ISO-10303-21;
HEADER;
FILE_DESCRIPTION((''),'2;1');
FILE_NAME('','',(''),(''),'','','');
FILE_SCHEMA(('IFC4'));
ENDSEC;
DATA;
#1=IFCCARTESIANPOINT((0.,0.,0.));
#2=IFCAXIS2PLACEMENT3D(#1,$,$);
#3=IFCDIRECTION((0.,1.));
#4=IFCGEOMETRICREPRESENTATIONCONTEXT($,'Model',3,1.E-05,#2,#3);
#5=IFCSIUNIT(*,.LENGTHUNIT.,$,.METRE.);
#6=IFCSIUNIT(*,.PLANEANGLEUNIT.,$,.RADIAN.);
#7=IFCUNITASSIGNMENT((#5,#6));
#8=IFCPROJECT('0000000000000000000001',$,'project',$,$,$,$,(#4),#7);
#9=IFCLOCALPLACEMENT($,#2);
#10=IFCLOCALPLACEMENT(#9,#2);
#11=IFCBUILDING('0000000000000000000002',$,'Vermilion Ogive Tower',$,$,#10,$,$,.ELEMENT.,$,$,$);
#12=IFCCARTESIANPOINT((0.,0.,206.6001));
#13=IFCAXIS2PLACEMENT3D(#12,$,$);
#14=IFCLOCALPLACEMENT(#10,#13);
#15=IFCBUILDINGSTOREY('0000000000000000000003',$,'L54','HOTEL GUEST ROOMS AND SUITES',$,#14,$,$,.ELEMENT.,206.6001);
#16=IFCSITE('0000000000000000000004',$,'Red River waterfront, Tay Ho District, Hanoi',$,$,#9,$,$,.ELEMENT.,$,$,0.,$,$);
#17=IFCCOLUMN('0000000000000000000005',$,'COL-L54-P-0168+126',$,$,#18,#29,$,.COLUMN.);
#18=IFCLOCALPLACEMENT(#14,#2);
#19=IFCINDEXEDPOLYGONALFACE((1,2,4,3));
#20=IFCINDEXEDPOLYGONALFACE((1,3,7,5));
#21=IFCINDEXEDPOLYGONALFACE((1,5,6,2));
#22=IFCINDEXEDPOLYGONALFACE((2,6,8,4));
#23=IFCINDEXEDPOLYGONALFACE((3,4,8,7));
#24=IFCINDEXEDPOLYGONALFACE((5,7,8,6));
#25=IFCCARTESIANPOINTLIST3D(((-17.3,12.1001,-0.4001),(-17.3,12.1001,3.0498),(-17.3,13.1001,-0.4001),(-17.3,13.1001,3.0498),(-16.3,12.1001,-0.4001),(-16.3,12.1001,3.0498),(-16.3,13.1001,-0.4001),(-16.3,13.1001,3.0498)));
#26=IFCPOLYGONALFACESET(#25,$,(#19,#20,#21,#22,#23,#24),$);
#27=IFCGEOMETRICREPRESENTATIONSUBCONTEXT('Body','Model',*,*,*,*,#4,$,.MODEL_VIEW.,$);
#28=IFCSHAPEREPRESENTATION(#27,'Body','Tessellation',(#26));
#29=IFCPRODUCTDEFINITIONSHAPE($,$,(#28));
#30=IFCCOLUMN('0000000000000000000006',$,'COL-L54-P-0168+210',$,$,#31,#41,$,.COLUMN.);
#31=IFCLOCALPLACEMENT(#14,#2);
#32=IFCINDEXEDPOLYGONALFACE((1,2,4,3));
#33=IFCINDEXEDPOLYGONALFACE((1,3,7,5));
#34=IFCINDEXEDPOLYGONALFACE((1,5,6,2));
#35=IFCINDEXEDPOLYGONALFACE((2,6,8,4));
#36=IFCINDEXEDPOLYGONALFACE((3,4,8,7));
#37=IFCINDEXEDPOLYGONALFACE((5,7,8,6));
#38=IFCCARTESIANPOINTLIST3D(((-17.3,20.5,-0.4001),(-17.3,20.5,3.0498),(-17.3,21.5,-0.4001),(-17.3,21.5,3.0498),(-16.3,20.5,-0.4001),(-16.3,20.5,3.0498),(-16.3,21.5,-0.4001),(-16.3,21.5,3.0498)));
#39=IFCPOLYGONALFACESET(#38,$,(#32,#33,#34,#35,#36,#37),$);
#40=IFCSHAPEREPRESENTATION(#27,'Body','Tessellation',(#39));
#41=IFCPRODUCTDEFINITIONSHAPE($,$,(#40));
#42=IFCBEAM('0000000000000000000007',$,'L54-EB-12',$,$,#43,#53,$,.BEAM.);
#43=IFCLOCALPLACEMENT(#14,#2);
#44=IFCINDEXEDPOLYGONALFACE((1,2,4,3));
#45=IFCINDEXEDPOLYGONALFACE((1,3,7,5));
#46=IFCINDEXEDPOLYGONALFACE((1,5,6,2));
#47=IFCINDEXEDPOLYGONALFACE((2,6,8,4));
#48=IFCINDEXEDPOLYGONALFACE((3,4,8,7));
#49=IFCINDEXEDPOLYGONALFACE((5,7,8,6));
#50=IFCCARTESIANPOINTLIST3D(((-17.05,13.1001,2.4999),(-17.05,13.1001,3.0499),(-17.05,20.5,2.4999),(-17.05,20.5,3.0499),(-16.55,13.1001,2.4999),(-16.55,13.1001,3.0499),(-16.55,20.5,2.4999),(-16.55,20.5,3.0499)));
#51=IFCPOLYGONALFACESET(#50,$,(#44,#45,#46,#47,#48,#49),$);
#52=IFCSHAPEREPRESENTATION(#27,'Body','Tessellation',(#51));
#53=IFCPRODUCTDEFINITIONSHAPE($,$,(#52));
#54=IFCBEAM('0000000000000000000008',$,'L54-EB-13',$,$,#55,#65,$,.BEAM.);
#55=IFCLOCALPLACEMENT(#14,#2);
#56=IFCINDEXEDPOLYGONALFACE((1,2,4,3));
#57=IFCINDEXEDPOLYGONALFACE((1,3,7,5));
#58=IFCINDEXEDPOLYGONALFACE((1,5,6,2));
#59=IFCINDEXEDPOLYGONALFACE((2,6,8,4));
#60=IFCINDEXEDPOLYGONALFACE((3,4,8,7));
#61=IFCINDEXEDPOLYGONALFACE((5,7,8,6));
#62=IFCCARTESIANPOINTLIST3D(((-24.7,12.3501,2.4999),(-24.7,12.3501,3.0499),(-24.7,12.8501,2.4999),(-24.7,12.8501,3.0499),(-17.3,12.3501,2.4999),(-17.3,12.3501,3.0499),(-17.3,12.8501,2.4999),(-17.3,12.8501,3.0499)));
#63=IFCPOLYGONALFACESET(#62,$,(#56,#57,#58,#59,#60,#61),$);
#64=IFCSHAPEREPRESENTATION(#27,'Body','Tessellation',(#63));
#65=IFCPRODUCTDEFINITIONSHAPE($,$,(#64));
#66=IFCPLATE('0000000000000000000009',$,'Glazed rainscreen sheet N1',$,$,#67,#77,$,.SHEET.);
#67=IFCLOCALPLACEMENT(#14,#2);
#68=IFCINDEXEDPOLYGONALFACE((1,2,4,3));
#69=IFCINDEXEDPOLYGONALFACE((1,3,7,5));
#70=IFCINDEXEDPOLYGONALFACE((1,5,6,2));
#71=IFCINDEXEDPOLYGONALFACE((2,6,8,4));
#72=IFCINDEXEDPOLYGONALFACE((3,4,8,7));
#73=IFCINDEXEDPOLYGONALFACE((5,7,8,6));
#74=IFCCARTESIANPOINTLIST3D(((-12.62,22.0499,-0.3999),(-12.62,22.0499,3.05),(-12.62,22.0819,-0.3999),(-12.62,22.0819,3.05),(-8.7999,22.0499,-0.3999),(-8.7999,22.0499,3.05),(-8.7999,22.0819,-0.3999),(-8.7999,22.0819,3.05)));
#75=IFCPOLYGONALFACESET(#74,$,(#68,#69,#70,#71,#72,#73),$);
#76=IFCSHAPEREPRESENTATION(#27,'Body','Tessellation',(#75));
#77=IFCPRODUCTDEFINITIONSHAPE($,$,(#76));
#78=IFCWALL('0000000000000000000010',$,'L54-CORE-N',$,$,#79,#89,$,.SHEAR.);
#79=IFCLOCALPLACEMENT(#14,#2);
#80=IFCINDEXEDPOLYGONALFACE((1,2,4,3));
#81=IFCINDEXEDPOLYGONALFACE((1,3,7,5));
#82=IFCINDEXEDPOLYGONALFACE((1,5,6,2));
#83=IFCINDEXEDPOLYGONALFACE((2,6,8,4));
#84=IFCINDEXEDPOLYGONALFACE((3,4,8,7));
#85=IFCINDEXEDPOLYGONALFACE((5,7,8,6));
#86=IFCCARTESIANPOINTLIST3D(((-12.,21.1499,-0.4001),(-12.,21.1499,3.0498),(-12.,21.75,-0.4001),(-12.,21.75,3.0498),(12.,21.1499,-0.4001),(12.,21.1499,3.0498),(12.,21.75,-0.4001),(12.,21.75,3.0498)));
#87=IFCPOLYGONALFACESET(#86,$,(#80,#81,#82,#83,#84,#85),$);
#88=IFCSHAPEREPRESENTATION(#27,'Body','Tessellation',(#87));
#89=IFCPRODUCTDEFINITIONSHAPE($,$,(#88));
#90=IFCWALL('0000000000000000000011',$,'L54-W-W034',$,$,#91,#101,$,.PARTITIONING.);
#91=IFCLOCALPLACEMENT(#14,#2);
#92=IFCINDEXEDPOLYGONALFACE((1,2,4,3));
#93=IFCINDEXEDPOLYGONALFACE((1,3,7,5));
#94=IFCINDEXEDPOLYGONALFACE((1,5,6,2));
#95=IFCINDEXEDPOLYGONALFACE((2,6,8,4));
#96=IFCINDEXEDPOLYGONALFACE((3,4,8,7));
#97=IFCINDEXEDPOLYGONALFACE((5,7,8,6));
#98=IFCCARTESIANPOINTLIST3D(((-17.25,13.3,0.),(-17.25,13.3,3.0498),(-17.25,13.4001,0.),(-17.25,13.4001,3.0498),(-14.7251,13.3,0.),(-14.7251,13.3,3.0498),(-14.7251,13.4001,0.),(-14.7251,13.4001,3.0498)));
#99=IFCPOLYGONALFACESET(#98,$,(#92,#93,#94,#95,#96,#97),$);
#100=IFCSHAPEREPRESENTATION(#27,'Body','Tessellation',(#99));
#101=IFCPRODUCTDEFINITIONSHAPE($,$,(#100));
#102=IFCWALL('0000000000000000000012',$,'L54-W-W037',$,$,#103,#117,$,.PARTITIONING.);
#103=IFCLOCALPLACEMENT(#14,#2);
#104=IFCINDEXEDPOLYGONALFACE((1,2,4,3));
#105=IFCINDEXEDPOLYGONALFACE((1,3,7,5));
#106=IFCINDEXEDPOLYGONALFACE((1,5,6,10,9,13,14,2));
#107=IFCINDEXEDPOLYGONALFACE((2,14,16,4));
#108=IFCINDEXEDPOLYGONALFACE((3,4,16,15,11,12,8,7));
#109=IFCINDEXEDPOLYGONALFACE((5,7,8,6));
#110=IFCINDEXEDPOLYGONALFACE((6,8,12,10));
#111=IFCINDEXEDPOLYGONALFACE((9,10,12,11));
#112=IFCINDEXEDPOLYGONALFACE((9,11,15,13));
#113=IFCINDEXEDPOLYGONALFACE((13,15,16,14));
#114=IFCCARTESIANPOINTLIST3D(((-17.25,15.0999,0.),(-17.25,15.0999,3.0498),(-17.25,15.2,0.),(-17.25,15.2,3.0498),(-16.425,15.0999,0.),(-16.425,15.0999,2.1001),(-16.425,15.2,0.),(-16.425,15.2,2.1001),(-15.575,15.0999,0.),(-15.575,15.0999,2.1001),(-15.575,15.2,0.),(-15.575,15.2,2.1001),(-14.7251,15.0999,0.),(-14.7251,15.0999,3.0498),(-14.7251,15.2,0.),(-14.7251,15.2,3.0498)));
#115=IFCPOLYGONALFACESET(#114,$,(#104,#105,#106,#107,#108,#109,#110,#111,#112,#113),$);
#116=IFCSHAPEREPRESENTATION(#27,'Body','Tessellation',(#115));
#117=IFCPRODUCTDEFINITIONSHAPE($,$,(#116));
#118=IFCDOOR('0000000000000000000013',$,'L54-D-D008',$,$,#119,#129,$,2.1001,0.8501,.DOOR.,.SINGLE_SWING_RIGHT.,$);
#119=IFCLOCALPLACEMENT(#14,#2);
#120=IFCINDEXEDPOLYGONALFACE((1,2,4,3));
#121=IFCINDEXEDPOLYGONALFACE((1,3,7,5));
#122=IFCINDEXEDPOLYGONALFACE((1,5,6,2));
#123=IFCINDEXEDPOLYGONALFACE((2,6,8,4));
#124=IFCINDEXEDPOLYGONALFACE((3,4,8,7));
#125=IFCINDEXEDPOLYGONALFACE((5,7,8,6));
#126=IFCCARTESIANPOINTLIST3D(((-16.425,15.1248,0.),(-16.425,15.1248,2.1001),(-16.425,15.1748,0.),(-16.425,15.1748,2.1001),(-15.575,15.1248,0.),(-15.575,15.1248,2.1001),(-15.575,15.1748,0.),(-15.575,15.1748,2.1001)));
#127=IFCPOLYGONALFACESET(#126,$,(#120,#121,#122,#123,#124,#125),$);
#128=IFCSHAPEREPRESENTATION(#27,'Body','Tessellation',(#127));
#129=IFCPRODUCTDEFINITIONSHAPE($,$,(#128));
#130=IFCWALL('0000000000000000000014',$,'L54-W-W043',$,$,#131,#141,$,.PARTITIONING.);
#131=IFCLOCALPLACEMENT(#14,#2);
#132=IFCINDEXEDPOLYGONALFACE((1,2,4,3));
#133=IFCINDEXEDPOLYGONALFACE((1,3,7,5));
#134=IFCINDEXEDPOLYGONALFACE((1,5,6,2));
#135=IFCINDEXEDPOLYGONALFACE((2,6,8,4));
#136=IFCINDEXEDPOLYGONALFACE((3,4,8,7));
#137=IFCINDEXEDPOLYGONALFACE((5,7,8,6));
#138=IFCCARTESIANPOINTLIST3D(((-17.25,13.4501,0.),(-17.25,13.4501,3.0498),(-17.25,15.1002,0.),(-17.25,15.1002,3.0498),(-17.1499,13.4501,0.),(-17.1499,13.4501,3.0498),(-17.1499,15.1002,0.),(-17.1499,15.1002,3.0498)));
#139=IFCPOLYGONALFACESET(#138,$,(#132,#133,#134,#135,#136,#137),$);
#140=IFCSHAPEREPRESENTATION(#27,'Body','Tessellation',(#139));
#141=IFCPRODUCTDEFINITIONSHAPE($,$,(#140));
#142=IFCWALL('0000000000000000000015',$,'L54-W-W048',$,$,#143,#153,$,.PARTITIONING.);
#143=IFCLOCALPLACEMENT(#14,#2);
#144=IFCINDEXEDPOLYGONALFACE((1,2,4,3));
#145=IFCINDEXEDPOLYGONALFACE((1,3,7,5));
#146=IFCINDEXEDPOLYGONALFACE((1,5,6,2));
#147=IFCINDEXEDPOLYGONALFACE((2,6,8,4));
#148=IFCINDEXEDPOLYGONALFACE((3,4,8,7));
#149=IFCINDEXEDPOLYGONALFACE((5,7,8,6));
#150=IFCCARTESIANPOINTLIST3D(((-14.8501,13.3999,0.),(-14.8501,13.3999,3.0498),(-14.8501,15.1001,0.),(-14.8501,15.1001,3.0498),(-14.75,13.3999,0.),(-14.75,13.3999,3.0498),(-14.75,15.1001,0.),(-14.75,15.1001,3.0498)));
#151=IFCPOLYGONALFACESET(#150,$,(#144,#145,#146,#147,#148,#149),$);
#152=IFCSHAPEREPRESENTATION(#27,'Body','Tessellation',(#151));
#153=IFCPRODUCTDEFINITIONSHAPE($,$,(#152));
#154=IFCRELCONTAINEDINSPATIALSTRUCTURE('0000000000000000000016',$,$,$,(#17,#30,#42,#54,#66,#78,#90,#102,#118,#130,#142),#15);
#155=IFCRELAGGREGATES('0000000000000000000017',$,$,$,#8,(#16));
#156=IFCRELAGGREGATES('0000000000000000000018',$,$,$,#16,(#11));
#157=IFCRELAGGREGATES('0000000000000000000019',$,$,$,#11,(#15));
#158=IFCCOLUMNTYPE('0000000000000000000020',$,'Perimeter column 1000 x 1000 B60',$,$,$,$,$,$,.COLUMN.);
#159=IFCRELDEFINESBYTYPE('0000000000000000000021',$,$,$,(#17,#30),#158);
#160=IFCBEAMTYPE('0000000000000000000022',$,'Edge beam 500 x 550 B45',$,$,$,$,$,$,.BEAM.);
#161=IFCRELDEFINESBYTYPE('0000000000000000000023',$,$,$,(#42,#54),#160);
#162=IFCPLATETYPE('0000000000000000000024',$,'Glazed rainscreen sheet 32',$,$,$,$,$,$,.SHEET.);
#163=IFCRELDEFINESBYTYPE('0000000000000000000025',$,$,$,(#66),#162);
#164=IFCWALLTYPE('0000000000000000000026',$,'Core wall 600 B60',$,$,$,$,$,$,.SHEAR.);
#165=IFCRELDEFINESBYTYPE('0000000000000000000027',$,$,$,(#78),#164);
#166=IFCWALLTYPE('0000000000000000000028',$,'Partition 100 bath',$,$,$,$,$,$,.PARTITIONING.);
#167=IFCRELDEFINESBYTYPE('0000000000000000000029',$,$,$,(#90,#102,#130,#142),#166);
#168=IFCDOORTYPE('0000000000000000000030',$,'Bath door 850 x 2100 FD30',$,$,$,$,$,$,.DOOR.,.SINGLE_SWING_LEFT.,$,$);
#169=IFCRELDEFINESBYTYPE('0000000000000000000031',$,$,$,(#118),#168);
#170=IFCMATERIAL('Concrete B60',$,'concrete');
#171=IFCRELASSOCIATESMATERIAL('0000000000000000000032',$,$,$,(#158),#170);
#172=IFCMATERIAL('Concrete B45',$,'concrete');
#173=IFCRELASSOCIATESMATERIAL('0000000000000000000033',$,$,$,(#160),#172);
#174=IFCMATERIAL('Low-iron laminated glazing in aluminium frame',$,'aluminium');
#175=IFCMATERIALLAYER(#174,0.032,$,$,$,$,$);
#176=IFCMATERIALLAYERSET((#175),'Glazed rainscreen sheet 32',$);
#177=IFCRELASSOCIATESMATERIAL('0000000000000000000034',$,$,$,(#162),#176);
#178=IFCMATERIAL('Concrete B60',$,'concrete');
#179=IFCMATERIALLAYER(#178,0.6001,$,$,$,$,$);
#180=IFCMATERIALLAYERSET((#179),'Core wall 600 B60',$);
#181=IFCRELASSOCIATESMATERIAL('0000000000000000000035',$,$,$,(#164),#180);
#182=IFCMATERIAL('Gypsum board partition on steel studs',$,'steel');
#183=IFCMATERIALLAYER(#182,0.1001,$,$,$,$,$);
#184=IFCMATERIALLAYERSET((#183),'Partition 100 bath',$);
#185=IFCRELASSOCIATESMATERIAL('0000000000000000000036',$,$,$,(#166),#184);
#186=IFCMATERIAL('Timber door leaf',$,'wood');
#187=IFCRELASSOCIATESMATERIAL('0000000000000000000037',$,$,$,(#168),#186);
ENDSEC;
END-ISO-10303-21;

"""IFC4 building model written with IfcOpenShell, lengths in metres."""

from ifc_helpers import new_model, si_unit, direction, frame, frame_2d, origin, origin_2d, place, context, subcontext, project, spatial, rectangle, extrude, material, layer, layer_set, material_profile, profile_set, type_object, element, fill, save


model = new_model("IFC4")

# Units and contexts
model_context = context("Model", 3, precision=1e-05, world=origin(), true_north=direction((0.0, 1.0)))
body_context = subcontext(model_context, "Body", "Model", "MODEL_VIEW")
ifc_project = project(units=[si_unit("LENGTHUNIT", "METRE"), si_unit("PLANEANGLEUNIT", "RADIAN")], contexts=[model_context])

# Site, building, storey
site_placement = place(None, origin())
site = spatial("IfcSite", under=ifc_project, at=site_placement, Name="Red River waterfront, Tay Ho District, Hanoi", CompositionType="ELEMENT", RefElevation=0.0)
building_placement = place(site_placement, origin())
building = spatial("IfcBuilding", under=site, at=building_placement, Name="Vermilion Ogive Tower", CompositionType="ELEMENT")
storey_placement = place(building_placement, frame((0.0, 0.0, 206.6001)))
storey = spatial("IfcBuildingStorey", under=building, at=storey_placement, Name="L54", Description="HOTEL GUEST ROOMS AND SUITES", CompositionType="ELEMENT", Elevation=206.6001)

# Columns
ifc_material_1 = material(Name="Concrete B60", Category="concrete")
ifc_material_profile_1 = material_profile(ifc_material_1, rectangle(XDim=1.0, YDim=1.0, at=origin_2d()), Name="1000 x 1000")
ifc_profile_set_1 = profile_set([ifc_material_profile_1], Name="Concrete B60")
column_type = type_object("IfcColumnType", Name="Perimeter column 1000 x 1000 B60", PredefinedType="COLUMN", material=ifc_profile_set_1)
for number, where, z_axis, x_axis, name in (
    (1, (-16.8, 12.6001, -0.4001), (0.0, 0.0, 1.0), (1.0, 0.0, 0.0), "COL-L54-P-0168+126"),
    (2, (-16.8, 21.0, -0.4001), (0.0, 0.0, 1.0), (1.0, 0.0, 0.0), "COL-L54-P-0168+210"),
):
    element("IfcColumn", number, at=place(storey_placement, frame(where, z_axis=z_axis, x_axis=x_axis)), inside=storey, type_object=column_type, Name=name, PredefinedType="COLUMN", context=body_context, shape_type="SweptSolid", body=[
        extrude(rectangle(XDim=1.0, YDim=1.0, at=origin_2d()), origin(), (0.0, 0.0, 1.0), 3.45),
    ])

# Beams
ifc_material_2 = material(Name="Concrete B45", Category="concrete")
ifc_material_profile_2 = material_profile(ifc_material_2, rectangle(XDim=0.5, YDim=0.55, at=origin_2d()), Name="500 x 550")
ifc_profile_set_2 = profile_set([ifc_material_profile_2], Name="Concrete B45")
beam_type = type_object("IfcBeamType", Name="Edge beam 500 x 550 B45", PredefinedType="BEAM", material=ifc_profile_set_2)
for number, where, z_axis, x_axis, name in (
    (3, (-16.8, 20.5, 2.7749), (0.0, -1.0, 0.0), (1.0, 0.0, 0.0), "L54-EB-12"),
    (4, (-17.3, 12.6001, 2.7749), (-1.0, 0.0, 0.0), (0.0, -1.0, 0.0), "L54-EB-13"),
):
    element("IfcBeam", number, at=place(storey_placement, frame(where, z_axis=z_axis, x_axis=x_axis)), inside=storey, type_object=beam_type, Name=name, PredefinedType="BEAM", context=body_context, shape_type="SweptSolid", body=[
        extrude(rectangle(XDim=0.5, YDim=0.55, at=origin_2d()), origin(), (0.0, 0.0, 1.0), 7.3999),
    ])

# Plate
ifc_material_3 = material(Name="Low-iron laminated glazing in aluminium frame", Category="aluminium")
ifc_layer_1 = layer(ifc_material_3, 0.032)
ifc_layer_set_1 = layer_set([ifc_layer_1], Name="Glazed rainscreen sheet 32")
plate_type = type_object("IfcPlateType", Name="Glazed rainscreen sheet 32", PredefinedType="SHEET", material=ifc_layer_set_1)
plate_placement = place(storey_placement, frame((-10.71, 22.0659, -0.3999), z_axis=(0.0, 0.0, 1.0), x_axis=(1.0, 0.0, 0.0)))
element("IfcPlate", 5, at=plate_placement, inside=storey, type_object=plate_type, Name="Glazed rainscreen sheet N1", PredefinedType="SHEET", context=body_context, shape_type="SweptSolid", body=[
    extrude(rectangle(XDim=3.8201, YDim=0.032, at=origin_2d()), origin(), (0.0, 0.0, 1.0), 3.45),
])

# Walls
ifc_material_4 = material(Name="Concrete B60", Category="concrete")
ifc_layer_2 = layer(ifc_material_4, 0.6001)
ifc_layer_set_2 = layer_set([ifc_layer_2], Name="Core wall 600 B60")
wall_type_1 = type_object("IfcWallType", Name="Core wall 600 B60", PredefinedType="SHEAR", material=ifc_layer_set_2)
wall_1_placement = place(storey_placement, frame((-12.0, 21.45, -0.4001), z_axis=(0.0, 0.0, 1.0), x_axis=(1.0, 0.0, 0.0)))
element("IfcWall", 6, at=wall_1_placement, inside=storey, type_object=wall_type_1, Name="L54-CORE-N", PredefinedType="SHEAR", context=body_context, shape_type="SweptSolid", body=[
    extrude(rectangle(XDim=24.0, YDim=0.6001, at=frame_2d((12.0, 0.0))), origin(), (0.0, 0.0, 1.0), 3.45),
])
ifc_material_5 = material(Name="Gypsum board partition on steel studs", Category="steel")
ifc_layer_3 = layer(ifc_material_5, 0.1001)
ifc_layer_set_3 = layer_set([ifc_layer_3], Name="Partition 100 bath")
wall_type_2 = type_object("IfcWallType", Name="Partition 100 bath", PredefinedType="PARTITIONING", material=ifc_layer_set_3)
wall_2_placement = place(storey_placement, frame((-17.25, 13.3501, 0.0), z_axis=(0.0, 0.0, 1.0), x_axis=(1.0, 0.0, 0.0)))
element("IfcWall", 7, at=wall_2_placement, inside=storey, type_object=wall_type_2, Name="L54-W-W034", PredefinedType="PARTITIONING", context=body_context, shape_type="SweptSolid", body=[
    extrude(rectangle(XDim=2.5249, YDim=0.1001, at=frame_2d((1.2625, 0.0))), origin(), (0.0, 0.0, 1.0), 3.0498),
])

# Wall, opening, door
wall_3_placement = place(storey_placement, frame((-17.25, 15.1499, 0.0), z_axis=(0.0, 0.0, 1.0), x_axis=(1.0, 0.0, 0.0)))
wall_3 = element("IfcWall", 8, at=wall_3_placement, inside=storey, type_object=wall_type_2, Name="L54-W-W037", PredefinedType="PARTITIONING", context=body_context, shape_type="SweptSolid", body=[
    extrude(rectangle(XDim=2.5249, YDim=0.1001, at=frame_2d((1.2625, 0.0))), origin(), (0.0, 0.0, 1.0), 3.0498),
])
opening_1_placement = place(wall_3_placement, frame((0.825, 0.0, 0.0)))
opening_1 = element("IfcOpeningElement", 9, at=opening_1_placement, cuts=wall_3, PredefinedType="OPENING", context=body_context, shape_type="SweptSolid", body=[
    extrude(rectangle(XDim=0.8501, YDim=2.1001, at=frame_2d((0.425, 1.05))), frame((0.0, 0.0601, 0.0), z_axis=(0.0, -1.0, 0.0), x_axis=(1.0, 0.0, 0.0)), (0.0, 0.0, 1.0), 0.1201),
])
ifc_material_6 = material(Name="Timber door leaf", Category="wood")
door_type_1 = type_object("IfcDoorType", Name="Bath door 850 x 2100 FD30", OperationType="SINGLE_SWING_LEFT", PredefinedType="DOOR", material=ifc_material_6)
door_1_placement = place(opening_1_placement, origin())
door_1 = element("IfcDoor", 10, at=door_1_placement, inside=storey, type_object=door_type_1, Name="L54-D-D008", OperationType="SINGLE_SWING_RIGHT", OverallHeight=2.1001, OverallWidth=0.8501, PredefinedType="DOOR", context=body_context, shape_type="SweptSolid", body=[
    extrude(rectangle(XDim=0.8501, YDim=2.1001, at=frame_2d((0.425, 1.05))), frame((0.0, 0.0249, 0.0), z_axis=(0.0, -1.0, 0.0), x_axis=(1.0, 0.0, 0.0)), (0.0, 0.0, 1.0), 0.05),
])
fill(opening_1, door_1)

# Walls
wall_4_placement = place(storey_placement, frame((-17.2, 13.45, 0.0), z_axis=(0.0, 0.0, 1.0), x_axis=(0.0, 1.0, 0.0)))
element("IfcWall", 11, at=wall_4_placement, inside=storey, type_object=wall_type_2, Name="L54-W-W043", PredefinedType="PARTITIONING", context=body_context, shape_type="SweptSolid", body=[
    extrude(rectangle(XDim=1.6501, YDim=0.1001, at=frame_2d((0.8252, 0.0))), origin(), (0.0, 0.0, 1.0), 3.0498),
])
wall_5_placement = place(storey_placement, frame((-14.8, 13.3999, 0.0), z_axis=(0.0, 0.0, 1.0), x_axis=(0.0, 1.0, 0.0)))
element("IfcWall", 12, at=wall_5_placement, inside=storey, type_object=wall_type_2, Name="L54-W-W048", PredefinedType="PARTITIONING", context=body_context, shape_type="SweptSolid", body=[
    extrude(rectangle(XDim=1.7002, YDim=0.1001, at=frame_2d((0.8501, 0.0))), origin(), (0.0, 0.0, 1.0), 3.0498),
])

save(model, "model.ifc")
